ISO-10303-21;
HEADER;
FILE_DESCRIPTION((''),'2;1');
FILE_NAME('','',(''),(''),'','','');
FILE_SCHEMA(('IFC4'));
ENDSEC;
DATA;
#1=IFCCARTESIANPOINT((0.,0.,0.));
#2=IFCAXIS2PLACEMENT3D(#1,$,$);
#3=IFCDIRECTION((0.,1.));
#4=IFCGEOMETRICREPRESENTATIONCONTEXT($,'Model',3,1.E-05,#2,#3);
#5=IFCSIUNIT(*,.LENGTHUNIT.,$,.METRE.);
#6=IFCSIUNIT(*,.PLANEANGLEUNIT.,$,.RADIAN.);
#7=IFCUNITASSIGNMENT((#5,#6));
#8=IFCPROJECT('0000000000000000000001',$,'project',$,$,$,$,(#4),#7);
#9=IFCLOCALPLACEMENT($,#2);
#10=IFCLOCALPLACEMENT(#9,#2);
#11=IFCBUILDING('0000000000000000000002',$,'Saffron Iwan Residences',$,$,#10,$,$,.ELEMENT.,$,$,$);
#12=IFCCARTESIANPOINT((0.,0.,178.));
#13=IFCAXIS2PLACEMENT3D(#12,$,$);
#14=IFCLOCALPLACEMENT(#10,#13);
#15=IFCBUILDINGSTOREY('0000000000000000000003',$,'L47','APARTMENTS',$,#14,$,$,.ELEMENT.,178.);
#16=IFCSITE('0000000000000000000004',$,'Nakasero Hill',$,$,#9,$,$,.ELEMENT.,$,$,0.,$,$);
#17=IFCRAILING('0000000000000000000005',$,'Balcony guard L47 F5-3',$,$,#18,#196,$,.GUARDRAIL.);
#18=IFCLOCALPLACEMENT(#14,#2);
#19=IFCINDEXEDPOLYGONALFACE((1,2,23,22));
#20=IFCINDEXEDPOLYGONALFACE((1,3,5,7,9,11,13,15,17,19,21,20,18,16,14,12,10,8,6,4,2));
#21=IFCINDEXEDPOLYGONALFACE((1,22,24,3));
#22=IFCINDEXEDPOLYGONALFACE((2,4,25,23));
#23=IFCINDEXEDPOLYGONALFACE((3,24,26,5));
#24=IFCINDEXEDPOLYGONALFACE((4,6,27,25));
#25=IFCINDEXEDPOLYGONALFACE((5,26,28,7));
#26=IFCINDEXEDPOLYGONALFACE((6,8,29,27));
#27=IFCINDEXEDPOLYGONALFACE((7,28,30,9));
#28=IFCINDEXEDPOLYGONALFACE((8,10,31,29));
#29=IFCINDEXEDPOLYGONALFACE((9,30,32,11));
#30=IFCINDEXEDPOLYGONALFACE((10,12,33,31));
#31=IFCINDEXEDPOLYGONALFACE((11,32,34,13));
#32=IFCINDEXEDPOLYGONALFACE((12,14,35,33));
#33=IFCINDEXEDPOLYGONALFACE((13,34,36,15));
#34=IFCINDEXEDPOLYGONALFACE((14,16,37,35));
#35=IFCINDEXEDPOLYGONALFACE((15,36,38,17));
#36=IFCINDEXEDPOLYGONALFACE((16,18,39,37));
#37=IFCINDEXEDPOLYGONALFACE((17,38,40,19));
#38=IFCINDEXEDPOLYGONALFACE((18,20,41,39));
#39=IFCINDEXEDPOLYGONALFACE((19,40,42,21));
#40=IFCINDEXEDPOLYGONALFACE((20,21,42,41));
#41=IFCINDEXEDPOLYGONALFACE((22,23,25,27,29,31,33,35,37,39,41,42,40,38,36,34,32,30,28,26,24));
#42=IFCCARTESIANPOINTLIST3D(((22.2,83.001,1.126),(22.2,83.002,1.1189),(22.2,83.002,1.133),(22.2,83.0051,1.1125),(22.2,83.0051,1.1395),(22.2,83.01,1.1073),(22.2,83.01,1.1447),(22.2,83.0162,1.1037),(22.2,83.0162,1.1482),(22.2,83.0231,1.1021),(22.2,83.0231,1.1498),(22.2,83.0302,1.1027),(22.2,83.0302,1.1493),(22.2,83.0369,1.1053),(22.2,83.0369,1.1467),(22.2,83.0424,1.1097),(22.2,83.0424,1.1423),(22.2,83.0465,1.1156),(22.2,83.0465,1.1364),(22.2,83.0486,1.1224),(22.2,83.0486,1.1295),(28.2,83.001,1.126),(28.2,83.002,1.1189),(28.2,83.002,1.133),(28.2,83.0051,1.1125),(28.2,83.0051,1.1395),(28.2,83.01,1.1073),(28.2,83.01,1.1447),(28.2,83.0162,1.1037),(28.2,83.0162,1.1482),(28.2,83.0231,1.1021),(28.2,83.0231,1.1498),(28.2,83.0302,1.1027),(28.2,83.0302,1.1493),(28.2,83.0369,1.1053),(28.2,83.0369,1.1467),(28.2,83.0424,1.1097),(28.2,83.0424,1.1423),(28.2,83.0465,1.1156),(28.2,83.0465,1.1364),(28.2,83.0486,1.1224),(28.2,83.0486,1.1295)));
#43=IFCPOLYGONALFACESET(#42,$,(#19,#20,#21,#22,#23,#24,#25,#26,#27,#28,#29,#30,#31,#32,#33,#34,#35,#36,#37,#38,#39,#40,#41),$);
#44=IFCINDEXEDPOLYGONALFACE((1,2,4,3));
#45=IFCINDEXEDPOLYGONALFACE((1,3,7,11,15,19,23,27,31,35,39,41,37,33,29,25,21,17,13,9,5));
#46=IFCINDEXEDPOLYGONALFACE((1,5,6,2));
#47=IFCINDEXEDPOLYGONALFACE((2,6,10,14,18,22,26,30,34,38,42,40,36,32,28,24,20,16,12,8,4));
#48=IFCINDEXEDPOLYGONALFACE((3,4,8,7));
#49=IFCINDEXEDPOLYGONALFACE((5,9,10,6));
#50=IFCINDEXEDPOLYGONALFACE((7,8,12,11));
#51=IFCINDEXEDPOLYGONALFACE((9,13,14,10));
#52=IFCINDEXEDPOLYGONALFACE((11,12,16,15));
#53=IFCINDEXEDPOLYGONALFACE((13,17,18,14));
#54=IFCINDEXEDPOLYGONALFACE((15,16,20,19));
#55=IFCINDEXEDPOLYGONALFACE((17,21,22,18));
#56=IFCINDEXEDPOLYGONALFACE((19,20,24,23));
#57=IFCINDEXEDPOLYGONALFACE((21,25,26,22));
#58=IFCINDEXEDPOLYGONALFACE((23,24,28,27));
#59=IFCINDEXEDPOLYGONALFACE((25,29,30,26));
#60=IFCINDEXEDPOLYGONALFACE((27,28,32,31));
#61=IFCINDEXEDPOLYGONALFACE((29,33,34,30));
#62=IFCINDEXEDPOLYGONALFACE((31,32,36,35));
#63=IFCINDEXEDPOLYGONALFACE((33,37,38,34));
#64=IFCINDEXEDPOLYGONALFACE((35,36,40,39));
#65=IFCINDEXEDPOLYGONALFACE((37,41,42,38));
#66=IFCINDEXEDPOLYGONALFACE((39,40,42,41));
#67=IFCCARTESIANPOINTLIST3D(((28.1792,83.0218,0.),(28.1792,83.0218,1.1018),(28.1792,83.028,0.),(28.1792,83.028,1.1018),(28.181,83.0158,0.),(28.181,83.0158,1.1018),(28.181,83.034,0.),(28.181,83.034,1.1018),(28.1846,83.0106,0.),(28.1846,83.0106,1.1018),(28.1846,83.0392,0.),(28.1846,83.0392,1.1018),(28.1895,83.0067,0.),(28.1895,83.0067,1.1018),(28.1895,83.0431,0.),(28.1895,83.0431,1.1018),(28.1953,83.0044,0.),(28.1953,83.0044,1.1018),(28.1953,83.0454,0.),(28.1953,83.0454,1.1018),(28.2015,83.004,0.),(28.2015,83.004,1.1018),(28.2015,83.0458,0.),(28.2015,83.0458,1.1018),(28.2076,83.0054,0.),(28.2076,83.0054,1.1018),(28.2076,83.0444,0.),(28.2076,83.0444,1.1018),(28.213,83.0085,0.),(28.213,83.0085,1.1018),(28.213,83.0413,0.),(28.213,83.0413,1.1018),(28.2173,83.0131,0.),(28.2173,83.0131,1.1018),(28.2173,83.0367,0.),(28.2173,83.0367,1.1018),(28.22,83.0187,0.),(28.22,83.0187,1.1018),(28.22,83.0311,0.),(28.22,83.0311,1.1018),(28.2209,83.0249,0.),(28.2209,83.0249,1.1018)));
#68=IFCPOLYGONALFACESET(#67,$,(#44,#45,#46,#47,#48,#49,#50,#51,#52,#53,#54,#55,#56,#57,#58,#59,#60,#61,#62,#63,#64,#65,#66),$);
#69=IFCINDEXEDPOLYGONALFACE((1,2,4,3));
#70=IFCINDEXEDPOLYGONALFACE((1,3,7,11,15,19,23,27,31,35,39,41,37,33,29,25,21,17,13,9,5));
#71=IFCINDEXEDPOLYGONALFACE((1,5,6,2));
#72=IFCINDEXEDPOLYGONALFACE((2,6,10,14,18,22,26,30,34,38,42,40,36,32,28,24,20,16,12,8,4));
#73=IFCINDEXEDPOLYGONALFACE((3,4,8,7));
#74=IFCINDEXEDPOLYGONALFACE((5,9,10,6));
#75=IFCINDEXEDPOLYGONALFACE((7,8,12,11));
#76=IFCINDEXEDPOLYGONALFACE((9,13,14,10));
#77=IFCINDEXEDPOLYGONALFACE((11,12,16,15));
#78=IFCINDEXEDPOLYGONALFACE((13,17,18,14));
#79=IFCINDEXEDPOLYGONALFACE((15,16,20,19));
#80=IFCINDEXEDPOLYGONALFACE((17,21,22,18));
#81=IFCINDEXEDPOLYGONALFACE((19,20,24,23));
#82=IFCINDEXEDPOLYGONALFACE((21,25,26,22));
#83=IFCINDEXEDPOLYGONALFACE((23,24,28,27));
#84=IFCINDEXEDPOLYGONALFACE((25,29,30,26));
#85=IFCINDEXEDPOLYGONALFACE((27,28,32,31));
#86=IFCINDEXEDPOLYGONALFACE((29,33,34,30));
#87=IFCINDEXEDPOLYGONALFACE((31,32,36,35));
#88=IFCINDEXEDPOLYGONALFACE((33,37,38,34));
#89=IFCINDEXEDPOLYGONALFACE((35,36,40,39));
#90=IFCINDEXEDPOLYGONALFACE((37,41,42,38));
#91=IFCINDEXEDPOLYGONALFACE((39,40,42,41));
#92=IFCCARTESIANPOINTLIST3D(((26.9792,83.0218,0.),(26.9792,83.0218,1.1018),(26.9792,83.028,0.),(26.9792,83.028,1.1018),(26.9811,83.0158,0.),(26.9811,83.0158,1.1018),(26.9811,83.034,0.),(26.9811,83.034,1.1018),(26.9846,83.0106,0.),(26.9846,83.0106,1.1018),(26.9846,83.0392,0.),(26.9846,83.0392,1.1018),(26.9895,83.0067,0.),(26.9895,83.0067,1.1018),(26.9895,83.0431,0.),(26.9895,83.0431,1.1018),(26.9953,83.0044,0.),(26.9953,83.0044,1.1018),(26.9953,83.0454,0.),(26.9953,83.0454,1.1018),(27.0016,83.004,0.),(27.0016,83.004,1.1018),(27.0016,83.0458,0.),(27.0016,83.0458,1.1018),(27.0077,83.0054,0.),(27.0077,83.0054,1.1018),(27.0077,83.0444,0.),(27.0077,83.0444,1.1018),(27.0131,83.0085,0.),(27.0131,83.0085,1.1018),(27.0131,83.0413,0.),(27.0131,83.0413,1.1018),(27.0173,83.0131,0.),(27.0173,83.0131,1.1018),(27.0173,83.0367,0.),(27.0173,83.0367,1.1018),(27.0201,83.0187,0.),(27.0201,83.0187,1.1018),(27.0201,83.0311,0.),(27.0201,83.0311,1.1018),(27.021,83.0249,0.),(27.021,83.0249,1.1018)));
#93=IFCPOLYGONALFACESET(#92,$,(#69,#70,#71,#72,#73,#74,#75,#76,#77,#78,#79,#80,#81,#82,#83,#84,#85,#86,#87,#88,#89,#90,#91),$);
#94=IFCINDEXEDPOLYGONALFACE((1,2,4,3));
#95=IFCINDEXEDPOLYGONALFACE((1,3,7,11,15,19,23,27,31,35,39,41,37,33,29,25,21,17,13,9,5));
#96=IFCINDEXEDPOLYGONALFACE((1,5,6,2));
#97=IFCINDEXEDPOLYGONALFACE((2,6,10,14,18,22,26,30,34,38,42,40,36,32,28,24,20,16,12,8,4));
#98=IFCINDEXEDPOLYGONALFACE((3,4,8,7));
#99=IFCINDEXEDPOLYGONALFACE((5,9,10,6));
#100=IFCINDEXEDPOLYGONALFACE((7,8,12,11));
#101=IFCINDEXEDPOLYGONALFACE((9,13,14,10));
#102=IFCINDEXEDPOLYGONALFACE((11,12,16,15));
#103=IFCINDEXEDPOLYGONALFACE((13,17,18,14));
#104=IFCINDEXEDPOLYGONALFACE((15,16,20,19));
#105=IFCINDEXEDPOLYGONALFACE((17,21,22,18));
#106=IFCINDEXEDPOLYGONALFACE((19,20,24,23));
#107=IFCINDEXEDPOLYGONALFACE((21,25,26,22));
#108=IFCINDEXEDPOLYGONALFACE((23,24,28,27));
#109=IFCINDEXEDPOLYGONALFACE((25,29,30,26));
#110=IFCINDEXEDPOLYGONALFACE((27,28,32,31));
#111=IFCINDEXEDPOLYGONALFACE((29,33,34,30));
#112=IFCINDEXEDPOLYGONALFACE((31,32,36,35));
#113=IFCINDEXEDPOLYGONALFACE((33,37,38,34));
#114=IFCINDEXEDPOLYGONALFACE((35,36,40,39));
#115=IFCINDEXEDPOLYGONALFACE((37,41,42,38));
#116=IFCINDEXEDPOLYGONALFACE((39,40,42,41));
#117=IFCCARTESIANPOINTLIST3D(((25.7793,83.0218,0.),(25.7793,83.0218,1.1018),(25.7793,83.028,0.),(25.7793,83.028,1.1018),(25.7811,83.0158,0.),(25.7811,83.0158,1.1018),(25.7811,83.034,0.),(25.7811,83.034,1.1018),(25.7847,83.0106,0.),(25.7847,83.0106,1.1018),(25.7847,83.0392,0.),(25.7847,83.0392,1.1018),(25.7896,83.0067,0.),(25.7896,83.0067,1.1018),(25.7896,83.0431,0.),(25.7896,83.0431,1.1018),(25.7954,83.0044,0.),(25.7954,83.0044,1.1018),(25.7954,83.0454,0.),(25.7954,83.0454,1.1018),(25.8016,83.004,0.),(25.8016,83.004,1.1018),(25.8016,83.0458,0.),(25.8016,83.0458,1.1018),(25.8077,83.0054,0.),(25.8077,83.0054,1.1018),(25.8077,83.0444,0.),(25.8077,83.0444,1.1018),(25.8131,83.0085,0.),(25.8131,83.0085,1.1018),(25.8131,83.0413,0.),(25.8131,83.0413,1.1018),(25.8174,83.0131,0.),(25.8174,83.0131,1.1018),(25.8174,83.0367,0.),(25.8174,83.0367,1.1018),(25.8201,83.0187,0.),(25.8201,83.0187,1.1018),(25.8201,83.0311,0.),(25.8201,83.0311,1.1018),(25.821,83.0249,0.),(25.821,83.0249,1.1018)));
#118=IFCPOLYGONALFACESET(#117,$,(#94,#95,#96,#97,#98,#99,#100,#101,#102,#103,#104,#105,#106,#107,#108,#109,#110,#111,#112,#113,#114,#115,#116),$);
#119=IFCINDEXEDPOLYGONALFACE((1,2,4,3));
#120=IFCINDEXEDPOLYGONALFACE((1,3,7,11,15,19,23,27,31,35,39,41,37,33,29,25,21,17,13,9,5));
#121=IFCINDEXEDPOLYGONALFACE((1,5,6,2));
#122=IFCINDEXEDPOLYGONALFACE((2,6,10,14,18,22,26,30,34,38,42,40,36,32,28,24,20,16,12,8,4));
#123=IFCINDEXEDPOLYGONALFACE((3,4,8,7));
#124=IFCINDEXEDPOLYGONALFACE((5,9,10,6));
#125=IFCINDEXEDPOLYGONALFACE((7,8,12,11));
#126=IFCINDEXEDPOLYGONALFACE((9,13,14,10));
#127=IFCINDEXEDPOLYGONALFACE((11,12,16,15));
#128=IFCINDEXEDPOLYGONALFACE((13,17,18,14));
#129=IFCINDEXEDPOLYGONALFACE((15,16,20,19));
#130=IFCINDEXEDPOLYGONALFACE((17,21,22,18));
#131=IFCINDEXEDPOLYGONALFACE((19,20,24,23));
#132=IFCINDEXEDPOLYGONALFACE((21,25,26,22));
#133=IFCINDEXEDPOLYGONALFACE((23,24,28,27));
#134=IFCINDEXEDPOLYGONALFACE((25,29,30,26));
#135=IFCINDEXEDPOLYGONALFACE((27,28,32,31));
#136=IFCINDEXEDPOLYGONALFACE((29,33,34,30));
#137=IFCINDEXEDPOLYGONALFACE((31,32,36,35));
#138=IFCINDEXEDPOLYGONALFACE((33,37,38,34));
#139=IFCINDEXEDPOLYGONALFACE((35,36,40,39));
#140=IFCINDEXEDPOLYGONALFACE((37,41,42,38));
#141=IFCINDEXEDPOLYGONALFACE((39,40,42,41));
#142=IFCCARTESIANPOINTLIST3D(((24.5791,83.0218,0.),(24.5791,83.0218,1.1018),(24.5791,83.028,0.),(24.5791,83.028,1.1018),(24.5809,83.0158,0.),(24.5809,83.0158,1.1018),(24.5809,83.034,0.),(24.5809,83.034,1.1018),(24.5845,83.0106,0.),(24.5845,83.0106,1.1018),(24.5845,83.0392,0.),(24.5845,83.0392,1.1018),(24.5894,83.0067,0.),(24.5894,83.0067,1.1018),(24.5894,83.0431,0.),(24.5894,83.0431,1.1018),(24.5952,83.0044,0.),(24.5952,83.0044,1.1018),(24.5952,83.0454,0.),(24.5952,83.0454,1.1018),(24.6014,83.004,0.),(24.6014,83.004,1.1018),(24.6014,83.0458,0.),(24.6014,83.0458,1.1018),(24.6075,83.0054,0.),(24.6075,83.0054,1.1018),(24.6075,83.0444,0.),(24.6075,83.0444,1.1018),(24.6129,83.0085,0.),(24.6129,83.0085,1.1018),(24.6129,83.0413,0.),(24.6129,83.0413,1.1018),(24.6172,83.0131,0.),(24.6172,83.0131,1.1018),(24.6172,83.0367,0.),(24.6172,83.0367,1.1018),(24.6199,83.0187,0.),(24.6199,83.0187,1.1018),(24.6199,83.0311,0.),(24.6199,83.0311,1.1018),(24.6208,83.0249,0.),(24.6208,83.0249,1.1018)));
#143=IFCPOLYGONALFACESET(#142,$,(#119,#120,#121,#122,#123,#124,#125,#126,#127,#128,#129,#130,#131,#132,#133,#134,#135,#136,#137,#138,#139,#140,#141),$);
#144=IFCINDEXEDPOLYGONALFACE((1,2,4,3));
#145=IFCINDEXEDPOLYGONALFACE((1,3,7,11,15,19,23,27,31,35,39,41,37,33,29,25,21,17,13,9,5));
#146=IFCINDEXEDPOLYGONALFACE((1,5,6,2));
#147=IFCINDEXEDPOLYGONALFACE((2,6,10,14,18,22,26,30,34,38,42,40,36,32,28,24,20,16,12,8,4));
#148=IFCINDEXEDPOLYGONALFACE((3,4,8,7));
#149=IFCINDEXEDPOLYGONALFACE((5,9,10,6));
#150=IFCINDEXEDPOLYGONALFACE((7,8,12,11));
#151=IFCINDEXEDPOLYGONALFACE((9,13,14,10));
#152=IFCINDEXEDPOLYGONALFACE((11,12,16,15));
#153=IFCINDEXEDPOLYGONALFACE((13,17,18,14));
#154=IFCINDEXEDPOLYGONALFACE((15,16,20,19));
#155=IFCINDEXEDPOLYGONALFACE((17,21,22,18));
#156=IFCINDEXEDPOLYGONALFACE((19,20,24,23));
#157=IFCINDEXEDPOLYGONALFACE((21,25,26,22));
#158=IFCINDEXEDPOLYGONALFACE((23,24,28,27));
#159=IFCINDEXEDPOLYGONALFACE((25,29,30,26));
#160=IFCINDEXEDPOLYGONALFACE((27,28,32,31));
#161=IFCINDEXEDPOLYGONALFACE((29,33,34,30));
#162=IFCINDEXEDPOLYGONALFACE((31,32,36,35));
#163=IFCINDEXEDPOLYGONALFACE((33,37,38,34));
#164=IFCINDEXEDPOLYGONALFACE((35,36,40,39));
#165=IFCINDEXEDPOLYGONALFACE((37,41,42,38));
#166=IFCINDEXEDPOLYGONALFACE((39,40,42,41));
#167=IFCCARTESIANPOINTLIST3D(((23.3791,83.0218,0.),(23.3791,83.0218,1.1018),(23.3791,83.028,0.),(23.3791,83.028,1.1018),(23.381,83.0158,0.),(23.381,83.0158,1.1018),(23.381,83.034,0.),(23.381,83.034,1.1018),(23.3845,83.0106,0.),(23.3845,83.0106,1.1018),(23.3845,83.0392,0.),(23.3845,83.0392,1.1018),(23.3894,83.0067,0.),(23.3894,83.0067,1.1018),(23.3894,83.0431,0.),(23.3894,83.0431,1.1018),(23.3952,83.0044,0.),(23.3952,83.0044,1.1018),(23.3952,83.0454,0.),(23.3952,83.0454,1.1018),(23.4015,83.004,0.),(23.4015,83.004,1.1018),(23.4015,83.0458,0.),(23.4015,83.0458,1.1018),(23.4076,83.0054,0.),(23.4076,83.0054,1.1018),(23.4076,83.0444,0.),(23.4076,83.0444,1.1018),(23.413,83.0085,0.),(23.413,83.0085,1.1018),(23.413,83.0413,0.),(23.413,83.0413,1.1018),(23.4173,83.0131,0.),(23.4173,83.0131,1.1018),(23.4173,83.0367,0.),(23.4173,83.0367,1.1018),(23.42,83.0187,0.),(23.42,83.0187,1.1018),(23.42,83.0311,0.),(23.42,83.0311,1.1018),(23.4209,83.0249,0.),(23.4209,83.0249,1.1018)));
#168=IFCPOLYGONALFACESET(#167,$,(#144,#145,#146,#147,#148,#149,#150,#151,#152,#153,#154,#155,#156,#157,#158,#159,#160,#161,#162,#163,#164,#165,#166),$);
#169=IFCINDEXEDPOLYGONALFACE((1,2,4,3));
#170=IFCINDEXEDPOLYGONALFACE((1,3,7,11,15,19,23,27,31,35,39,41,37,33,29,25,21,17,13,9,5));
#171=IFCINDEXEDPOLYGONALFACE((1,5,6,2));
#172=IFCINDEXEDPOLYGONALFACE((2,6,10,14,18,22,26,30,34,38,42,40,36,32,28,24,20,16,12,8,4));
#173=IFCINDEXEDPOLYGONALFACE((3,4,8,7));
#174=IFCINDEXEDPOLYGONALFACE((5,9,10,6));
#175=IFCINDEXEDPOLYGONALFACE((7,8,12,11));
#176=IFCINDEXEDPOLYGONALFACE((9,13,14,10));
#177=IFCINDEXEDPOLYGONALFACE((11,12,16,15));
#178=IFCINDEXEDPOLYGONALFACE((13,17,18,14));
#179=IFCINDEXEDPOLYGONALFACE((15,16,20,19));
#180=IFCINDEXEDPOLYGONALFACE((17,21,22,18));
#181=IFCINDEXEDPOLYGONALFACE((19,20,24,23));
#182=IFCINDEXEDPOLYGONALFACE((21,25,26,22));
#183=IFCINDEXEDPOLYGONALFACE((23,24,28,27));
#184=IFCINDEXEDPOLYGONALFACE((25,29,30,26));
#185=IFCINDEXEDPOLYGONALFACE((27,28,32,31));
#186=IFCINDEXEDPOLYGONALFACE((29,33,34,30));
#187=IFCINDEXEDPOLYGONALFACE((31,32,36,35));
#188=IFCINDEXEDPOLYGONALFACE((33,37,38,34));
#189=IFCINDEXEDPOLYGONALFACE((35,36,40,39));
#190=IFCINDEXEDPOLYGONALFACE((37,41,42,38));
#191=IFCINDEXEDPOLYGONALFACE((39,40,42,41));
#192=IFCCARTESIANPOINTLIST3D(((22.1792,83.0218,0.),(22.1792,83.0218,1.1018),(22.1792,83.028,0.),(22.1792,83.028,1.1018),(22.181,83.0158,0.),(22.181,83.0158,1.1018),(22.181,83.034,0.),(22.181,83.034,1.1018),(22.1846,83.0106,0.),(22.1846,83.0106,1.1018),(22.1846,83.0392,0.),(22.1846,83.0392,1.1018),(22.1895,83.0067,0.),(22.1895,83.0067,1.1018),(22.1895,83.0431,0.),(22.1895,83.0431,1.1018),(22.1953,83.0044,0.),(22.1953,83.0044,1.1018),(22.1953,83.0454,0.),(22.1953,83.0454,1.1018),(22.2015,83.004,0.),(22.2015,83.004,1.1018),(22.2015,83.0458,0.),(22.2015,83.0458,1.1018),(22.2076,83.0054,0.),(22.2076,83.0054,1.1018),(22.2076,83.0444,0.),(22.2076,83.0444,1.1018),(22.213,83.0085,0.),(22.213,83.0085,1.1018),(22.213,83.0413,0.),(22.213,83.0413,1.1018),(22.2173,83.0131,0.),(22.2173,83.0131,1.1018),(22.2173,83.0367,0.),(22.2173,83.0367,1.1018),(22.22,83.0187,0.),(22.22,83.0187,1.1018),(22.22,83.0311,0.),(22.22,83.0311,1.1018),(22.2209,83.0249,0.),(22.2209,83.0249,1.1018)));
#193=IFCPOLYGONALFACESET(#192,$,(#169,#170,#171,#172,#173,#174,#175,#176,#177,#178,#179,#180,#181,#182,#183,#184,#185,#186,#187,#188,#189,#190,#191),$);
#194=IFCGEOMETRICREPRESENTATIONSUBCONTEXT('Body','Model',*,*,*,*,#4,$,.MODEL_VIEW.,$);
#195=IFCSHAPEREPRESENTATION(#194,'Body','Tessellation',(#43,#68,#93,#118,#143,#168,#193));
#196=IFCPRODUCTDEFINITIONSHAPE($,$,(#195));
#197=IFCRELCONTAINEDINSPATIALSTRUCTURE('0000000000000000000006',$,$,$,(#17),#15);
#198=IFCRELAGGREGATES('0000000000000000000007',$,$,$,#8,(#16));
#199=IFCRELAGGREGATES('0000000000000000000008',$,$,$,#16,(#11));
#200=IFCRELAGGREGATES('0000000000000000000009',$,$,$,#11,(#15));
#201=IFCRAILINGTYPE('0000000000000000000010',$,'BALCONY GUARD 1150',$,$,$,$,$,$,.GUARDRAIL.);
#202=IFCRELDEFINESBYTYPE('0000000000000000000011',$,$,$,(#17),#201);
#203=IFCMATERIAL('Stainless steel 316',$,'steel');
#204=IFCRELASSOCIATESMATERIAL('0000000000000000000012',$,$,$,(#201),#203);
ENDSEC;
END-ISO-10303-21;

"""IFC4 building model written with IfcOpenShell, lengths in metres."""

from ifc_helpers import new_model, si_unit, direction, frame, origin, origin_2d, place, context, subcontext, project, spatial, circle, extrude, material, type_object, element, save


model = new_model("IFC4")

# Units and contexts
model_context = context("Model", 3, precision=1e-05, world=origin(), true_north=direction((0.0, 1.0)))
body_context = subcontext(model_context, "Body", "Model", "MODEL_VIEW")
ifc_project = project(units=[si_unit("LENGTHUNIT", "METRE"), si_unit("PLANEANGLEUNIT", "RADIAN")], contexts=[model_context])

# Site, building, storey
site_placement = place(None, origin())
site = spatial("IfcSite", under=ifc_project, at=site_placement, Name="Nakasero Hill", CompositionType="ELEMENT", RefElevation=0.0)
building_placement = place(site_placement, origin())
building = spatial("IfcBuilding", under=site, at=building_placement, Name="Saffron Iwan Residences", CompositionType="ELEMENT")
storey_placement = place(building_placement, frame((0.0, 0.0, 178.0)))
storey = spatial("IfcBuildingStorey", under=building, at=storey_placement, Name="L47", Description="APARTMENTS", CompositionType="ELEMENT", Elevation=178.0)

# Railing
ifc_material_1 = material(Name="Stainless steel 316", Category="steel")
railing_type_1 = type_object("IfcRailingType", Name="BALCONY GUARD 1150", PredefinedType="GUARDRAIL", material=ifc_material_1)
railing_1_placement = place(storey_placement, frame((28.2, 83.0249, 0.0)))
element("IfcRailing", 1, at=railing_1_placement, inside=storey, type_object=railing_type_1, Name="Balcony guard L47 F5-3", PredefinedType="GUARDRAIL", context=body_context, shape_type="SweptSolid", body=[
    extrude(circle(Radius=0.0239, at=origin_2d()), frame((0.0, 0.0, 1.126), z_axis=(-1.0, 0.0, 0.0), x_axis=(0.0, -1.0, 0.0)), (0.0, 0.0, 1.0), 6.0),
    extrude(circle(Radius=0.021, at=origin_2d()), origin(), (0.0, 0.0, 1.0), 1.1018),
    extrude(circle(Radius=0.021, at=origin_2d()), frame((-1.2, 0.0, 0.0)), (0.0, 0.0, 1.0), 1.1018),
    extrude(circle(Radius=0.021, at=origin_2d()), frame((-2.3999, 0.0, 0.0)), (0.0, 0.0, 1.0), 1.1018),
    extrude(circle(Radius=0.021, at=origin_2d()), frame((-3.6001, 0.0, 0.0)), (0.0, 0.0, 1.0), 1.1018),
    extrude(circle(Radius=0.021, at=origin_2d()), frame((-4.8, 0.0, 0.0)), (0.0, 0.0, 1.0), 1.1018),
    extrude(circle(Radius=0.021, at=origin_2d()), frame((-6.0, 0.0, 0.0)), (0.0, 0.0, 1.0), 1.1018),
])

save(model, "model.ifc")
